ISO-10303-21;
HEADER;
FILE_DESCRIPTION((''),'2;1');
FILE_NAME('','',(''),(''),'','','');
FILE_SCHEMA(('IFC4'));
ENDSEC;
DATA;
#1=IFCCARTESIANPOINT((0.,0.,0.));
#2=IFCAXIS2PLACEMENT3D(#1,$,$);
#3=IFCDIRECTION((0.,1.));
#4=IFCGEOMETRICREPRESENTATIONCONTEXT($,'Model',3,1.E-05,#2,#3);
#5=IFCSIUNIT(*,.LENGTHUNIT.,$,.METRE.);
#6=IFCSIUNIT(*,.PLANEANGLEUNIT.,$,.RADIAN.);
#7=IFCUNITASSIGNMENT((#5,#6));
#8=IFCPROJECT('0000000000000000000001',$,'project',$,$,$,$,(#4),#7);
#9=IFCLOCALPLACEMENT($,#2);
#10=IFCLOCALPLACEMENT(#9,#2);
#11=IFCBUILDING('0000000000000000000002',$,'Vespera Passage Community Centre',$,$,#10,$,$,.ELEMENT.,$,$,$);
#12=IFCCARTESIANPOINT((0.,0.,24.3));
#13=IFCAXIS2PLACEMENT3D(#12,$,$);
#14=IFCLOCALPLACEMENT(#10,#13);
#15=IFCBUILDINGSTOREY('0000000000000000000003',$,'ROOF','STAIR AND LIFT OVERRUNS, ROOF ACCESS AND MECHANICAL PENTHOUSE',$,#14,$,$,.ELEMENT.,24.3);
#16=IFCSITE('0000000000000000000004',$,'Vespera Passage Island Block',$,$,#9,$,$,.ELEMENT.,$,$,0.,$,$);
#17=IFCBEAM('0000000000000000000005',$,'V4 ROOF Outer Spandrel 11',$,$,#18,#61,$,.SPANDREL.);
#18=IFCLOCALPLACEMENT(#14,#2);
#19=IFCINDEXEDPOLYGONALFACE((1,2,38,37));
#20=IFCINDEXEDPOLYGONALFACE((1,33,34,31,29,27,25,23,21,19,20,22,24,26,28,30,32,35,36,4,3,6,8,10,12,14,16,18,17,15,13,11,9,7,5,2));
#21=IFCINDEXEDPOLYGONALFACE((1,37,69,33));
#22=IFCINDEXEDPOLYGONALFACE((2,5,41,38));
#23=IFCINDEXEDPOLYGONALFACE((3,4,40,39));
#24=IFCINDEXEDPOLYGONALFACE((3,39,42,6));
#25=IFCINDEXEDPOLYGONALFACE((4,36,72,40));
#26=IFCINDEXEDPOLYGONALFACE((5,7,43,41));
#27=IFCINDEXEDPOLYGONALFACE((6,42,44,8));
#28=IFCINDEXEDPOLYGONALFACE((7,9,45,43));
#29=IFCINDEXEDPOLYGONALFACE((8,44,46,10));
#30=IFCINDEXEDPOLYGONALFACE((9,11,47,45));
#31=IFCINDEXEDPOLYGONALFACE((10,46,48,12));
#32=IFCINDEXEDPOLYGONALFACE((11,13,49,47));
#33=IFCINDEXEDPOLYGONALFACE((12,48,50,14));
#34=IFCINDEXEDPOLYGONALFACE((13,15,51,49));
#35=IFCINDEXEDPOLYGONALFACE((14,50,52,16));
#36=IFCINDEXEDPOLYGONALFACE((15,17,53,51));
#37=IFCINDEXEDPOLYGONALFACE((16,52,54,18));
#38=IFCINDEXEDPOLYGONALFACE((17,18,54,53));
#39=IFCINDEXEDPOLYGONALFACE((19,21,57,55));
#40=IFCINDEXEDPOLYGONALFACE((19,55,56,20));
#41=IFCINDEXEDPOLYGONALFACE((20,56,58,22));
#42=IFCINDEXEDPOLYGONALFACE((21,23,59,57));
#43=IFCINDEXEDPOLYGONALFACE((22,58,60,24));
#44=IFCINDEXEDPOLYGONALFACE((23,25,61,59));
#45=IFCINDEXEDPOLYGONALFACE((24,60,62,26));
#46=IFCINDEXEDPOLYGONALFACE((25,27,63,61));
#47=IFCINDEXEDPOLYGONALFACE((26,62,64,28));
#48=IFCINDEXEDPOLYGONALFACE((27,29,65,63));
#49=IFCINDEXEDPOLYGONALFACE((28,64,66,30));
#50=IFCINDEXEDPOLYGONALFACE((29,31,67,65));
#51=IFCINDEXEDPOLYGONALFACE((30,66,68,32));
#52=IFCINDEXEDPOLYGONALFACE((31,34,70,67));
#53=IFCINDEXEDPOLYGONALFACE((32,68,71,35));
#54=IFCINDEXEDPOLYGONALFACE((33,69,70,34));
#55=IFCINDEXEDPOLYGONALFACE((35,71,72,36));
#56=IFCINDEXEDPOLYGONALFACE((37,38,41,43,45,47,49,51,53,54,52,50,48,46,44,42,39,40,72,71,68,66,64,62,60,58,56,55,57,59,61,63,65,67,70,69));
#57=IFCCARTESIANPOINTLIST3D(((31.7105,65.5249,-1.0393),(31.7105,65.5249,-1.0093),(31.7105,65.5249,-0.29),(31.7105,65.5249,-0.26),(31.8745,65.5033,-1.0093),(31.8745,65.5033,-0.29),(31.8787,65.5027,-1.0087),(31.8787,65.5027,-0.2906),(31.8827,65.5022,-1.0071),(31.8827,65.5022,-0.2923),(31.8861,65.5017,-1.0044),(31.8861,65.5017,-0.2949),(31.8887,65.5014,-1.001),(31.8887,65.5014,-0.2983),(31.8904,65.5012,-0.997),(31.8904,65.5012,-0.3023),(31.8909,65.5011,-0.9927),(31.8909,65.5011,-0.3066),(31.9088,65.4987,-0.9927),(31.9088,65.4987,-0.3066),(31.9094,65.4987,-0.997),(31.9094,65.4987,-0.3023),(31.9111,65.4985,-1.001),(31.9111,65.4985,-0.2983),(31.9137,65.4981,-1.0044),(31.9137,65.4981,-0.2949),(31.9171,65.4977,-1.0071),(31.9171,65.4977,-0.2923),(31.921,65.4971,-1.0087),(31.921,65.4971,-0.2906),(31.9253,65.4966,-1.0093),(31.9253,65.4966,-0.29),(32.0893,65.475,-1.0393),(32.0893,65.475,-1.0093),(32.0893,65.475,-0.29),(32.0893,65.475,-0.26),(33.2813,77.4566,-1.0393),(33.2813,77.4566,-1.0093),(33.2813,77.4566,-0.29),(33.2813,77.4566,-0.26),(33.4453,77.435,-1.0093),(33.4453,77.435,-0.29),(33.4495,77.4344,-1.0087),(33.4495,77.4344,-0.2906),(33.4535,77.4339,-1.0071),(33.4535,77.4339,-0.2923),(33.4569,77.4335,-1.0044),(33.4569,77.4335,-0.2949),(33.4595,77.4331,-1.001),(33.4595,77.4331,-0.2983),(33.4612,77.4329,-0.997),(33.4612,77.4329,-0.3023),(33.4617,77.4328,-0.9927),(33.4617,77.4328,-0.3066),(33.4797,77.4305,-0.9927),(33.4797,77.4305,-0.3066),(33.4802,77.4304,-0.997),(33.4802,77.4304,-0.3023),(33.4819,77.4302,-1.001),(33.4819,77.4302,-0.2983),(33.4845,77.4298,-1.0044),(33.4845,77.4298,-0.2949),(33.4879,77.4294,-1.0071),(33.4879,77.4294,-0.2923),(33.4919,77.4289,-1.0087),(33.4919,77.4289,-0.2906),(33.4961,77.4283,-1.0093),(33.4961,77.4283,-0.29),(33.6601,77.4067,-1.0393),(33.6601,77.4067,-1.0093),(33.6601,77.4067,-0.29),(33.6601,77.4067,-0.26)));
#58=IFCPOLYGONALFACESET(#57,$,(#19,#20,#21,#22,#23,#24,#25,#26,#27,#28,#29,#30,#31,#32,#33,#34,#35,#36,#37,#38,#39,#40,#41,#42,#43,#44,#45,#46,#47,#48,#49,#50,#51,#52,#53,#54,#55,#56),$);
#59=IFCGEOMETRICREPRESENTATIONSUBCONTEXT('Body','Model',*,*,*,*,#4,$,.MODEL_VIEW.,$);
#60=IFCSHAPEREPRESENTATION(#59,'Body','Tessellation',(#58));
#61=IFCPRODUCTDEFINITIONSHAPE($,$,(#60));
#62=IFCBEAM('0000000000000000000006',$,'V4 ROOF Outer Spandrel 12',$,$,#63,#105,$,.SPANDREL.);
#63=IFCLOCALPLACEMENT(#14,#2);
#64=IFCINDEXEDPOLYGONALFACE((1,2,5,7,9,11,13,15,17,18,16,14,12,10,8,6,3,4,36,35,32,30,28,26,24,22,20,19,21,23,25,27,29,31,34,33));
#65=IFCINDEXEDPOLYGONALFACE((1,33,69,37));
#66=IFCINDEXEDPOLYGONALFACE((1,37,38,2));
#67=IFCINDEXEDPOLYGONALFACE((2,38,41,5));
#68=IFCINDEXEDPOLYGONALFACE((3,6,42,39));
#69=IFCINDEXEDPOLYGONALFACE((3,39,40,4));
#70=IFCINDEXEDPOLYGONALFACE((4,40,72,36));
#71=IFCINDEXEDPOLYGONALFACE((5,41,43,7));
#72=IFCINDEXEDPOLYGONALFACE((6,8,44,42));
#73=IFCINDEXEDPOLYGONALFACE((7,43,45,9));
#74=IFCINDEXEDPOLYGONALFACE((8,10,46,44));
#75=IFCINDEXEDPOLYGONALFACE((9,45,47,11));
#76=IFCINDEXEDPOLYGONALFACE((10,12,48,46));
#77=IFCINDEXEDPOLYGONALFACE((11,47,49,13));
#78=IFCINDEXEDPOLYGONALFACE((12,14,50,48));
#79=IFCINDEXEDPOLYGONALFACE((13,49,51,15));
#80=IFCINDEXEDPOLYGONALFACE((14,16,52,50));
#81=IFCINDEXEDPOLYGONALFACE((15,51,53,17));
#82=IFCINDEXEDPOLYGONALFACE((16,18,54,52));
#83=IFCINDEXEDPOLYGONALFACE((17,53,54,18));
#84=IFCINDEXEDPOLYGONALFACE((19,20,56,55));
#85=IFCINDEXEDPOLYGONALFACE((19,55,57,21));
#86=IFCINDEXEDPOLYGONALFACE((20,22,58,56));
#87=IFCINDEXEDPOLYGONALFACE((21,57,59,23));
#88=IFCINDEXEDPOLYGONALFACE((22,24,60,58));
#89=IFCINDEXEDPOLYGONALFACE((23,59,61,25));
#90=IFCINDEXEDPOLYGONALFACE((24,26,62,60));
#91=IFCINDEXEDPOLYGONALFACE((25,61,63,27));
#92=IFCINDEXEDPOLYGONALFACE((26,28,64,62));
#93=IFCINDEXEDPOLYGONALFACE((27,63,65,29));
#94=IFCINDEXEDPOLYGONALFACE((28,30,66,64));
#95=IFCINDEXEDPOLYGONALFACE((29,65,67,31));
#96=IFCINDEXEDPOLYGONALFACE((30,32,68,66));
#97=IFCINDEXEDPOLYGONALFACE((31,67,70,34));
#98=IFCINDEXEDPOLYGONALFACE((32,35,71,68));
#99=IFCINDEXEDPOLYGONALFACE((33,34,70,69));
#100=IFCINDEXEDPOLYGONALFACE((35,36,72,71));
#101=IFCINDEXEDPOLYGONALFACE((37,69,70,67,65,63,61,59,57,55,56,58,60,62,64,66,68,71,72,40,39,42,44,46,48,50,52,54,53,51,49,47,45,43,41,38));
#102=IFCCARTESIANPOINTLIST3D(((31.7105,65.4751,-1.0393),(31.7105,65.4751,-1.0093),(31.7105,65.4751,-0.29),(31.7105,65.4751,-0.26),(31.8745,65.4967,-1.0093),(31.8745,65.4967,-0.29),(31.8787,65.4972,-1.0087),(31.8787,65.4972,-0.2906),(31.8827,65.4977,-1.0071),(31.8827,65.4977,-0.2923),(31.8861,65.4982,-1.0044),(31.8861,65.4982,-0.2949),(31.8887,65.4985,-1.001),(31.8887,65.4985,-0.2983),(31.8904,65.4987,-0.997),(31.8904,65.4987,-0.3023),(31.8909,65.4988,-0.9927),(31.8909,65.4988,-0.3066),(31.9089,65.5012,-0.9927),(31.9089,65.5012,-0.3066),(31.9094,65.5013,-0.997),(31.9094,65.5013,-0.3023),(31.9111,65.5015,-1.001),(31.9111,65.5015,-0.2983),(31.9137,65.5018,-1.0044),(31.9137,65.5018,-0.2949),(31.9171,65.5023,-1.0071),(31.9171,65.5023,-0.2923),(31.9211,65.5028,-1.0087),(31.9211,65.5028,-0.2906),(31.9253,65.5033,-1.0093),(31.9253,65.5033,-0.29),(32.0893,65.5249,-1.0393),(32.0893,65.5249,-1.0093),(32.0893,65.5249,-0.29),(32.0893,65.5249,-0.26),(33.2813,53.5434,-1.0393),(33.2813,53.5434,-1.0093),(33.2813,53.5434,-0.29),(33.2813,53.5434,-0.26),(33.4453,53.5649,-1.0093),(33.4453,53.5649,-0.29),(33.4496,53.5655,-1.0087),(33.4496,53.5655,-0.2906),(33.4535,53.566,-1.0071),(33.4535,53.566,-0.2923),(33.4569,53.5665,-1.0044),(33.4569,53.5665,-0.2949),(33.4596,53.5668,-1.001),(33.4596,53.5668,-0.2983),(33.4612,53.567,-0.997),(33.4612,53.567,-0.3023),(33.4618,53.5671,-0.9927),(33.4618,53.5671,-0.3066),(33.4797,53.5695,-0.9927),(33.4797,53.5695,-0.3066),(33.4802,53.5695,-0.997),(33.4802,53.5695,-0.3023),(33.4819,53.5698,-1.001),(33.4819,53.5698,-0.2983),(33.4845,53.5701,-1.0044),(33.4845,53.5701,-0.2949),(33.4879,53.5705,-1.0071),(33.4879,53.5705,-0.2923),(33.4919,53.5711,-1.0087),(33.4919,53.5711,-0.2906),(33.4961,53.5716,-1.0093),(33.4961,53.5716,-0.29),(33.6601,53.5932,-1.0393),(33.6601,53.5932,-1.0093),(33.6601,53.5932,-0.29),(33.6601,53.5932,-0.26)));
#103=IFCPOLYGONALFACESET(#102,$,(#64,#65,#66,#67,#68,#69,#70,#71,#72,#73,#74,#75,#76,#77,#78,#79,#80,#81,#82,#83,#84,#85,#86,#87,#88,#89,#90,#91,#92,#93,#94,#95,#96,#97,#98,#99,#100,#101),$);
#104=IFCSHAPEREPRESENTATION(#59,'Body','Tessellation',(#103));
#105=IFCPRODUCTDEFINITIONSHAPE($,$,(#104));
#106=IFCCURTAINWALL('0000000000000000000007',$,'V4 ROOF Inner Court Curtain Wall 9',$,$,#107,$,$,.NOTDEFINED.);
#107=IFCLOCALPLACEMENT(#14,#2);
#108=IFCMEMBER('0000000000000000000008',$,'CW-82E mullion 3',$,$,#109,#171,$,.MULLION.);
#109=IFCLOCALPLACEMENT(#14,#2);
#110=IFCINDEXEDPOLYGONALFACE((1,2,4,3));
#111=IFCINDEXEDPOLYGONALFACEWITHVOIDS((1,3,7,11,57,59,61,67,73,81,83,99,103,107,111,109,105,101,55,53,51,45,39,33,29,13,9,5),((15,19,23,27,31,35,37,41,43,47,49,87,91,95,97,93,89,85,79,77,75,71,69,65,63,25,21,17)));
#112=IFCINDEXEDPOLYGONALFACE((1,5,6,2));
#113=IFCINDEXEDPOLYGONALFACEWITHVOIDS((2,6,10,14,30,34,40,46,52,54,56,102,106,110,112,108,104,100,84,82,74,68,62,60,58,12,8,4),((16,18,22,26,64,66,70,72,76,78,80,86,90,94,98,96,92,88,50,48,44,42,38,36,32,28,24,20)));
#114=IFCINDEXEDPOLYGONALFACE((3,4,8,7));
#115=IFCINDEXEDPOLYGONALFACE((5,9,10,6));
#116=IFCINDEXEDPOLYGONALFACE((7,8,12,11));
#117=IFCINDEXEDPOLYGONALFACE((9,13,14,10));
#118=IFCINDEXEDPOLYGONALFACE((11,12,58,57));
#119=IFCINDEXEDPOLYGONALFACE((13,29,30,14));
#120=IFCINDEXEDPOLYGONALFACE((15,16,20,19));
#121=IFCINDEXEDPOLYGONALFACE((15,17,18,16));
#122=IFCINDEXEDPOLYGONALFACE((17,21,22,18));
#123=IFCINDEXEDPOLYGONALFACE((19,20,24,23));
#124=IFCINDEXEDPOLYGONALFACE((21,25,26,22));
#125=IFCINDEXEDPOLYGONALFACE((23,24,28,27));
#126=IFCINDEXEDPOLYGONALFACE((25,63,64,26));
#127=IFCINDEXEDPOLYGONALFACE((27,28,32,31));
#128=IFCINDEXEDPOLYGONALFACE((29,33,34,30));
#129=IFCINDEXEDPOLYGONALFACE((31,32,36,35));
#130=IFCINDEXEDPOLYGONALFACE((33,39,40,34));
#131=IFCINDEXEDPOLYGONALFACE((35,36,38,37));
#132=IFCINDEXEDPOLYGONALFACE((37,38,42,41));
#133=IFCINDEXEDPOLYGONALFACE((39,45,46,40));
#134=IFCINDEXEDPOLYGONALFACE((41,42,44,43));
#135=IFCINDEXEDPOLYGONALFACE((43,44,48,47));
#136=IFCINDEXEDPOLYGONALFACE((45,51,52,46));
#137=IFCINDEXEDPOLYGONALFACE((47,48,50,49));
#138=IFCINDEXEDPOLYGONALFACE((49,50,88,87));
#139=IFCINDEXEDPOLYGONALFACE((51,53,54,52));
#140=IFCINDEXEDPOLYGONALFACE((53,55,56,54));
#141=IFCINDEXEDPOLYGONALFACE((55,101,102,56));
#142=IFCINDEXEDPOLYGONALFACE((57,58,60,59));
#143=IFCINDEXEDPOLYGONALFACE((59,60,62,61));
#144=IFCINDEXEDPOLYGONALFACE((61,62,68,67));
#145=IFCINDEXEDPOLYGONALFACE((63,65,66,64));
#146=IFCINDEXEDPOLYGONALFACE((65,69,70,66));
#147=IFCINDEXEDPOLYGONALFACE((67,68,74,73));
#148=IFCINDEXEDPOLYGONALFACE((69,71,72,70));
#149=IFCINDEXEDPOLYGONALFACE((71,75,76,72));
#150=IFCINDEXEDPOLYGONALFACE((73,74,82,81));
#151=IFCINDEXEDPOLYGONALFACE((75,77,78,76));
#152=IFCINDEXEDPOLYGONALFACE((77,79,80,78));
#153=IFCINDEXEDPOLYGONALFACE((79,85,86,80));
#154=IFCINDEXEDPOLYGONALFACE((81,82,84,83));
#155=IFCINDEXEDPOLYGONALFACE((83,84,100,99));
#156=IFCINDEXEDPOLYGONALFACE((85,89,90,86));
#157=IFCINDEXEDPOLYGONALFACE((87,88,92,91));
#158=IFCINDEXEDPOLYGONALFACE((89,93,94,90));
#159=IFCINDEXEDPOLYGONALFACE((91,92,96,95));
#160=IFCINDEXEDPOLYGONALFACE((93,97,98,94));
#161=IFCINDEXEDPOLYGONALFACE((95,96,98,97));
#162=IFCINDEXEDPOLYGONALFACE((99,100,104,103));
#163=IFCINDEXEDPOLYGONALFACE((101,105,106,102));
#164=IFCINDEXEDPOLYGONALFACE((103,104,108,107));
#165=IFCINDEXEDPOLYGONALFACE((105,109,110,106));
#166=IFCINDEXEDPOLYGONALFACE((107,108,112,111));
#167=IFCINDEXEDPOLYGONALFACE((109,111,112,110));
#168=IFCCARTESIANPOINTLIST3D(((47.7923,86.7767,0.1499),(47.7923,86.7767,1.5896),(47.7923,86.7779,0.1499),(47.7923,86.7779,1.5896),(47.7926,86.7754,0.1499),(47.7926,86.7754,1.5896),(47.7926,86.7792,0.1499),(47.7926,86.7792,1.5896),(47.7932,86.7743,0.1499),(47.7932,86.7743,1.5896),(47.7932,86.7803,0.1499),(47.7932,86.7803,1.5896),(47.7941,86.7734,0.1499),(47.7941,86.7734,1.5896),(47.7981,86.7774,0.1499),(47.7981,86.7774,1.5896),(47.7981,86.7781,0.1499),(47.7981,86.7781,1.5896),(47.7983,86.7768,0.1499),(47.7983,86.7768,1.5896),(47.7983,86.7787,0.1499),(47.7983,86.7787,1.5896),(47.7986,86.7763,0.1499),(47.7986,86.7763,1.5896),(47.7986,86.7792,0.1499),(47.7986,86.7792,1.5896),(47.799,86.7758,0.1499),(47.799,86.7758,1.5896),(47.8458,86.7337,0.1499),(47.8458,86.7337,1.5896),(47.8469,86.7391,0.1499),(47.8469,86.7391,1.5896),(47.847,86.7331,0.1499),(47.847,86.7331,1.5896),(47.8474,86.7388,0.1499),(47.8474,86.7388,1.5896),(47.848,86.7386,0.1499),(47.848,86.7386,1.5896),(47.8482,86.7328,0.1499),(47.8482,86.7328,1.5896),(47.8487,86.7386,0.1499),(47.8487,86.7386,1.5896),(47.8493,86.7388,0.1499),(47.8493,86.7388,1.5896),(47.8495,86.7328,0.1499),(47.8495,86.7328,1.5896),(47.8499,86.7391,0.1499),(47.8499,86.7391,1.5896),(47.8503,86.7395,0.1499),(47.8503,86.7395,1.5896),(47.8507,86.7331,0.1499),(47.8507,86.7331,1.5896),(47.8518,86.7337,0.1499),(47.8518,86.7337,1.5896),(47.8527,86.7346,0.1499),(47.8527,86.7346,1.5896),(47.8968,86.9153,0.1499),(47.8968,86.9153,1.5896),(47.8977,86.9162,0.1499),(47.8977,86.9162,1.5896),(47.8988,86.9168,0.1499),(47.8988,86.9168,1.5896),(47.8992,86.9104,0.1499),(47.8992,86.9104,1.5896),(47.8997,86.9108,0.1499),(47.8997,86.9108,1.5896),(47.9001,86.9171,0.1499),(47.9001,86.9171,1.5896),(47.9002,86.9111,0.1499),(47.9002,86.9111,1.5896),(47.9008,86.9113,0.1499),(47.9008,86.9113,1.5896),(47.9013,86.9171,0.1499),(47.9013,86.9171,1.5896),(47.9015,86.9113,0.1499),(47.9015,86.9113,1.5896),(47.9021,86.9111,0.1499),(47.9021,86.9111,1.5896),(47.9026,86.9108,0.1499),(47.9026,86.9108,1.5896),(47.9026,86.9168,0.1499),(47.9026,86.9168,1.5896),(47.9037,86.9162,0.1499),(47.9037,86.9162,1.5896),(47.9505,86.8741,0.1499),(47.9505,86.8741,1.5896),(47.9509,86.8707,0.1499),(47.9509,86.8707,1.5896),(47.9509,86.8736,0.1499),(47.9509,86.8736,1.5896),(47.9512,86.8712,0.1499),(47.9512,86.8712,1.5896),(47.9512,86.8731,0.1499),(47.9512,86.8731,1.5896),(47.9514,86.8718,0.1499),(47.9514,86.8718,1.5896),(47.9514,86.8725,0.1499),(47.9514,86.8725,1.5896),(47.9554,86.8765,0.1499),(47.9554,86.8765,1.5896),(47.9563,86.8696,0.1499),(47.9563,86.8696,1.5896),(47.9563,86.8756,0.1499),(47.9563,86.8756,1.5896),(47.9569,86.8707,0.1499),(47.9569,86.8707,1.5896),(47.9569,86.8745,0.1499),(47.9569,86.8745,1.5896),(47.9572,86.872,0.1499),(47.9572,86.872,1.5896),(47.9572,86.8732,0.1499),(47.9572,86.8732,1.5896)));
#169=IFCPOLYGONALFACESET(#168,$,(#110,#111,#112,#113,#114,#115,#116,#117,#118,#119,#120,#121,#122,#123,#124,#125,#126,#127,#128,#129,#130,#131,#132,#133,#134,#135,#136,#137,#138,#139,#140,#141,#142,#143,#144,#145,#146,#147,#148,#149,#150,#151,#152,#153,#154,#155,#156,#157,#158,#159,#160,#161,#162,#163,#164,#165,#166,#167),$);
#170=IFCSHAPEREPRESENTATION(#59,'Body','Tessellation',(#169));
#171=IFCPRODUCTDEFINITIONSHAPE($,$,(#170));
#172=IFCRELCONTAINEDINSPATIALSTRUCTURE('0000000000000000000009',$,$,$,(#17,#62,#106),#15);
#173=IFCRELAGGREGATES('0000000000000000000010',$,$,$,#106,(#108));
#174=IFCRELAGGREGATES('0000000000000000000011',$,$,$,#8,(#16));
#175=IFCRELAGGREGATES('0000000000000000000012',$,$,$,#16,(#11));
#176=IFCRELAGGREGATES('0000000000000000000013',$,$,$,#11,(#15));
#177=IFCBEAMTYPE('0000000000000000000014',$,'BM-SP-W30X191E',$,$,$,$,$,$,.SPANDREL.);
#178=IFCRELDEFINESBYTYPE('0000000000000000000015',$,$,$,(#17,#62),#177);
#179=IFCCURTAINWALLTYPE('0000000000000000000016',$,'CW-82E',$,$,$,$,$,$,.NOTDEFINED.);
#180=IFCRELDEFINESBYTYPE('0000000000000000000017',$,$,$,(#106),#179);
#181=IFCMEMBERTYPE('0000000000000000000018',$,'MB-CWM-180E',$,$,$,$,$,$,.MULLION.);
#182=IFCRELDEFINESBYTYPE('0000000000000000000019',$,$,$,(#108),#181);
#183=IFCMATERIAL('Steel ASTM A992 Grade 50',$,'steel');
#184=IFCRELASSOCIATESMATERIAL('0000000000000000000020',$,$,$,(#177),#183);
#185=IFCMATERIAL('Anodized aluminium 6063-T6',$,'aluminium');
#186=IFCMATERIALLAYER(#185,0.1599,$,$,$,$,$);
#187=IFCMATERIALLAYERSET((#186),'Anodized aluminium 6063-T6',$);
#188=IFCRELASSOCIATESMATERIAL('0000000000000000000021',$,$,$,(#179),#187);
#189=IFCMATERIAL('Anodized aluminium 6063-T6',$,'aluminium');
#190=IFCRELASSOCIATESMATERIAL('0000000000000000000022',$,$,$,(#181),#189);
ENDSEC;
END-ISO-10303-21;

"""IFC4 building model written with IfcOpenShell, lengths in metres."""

from ifc_helpers import new_model, si_unit, direction, frame, origin, origin_2d, place, context, subcontext, project, spatial, hollow_rectangle, i_section, extrude, material, layer, layer_set, material_profile, profile_set, type_object, element, aggregate, save


model = new_model("IFC4")

# Units and contexts
model_context = context("Model", 3, precision=1e-05, world=origin(), true_north=direction((0.0, 1.0)))
body_context = subcontext(model_context, "Body", "Model", "MODEL_VIEW")
ifc_project = project(units=[si_unit("LENGTHUNIT", "METRE"), si_unit("PLANEANGLEUNIT", "RADIAN")], contexts=[model_context])

# Site, building, storey
site_placement = place(None, origin())
site = spatial("IfcSite", under=ifc_project, at=site_placement, Name="Vespera Passage Island Block", CompositionType="ELEMENT", RefElevation=0.0)
building_placement = place(site_placement, origin())
building = spatial("IfcBuilding", under=site, at=building_placement, Name="Vespera Passage Community Centre", CompositionType="ELEMENT")
storey_placement = place(building_placement, frame((0.0, 0.0, 24.3)))
storey = spatial("IfcBuildingStorey", under=building, at=storey_placement, Name="ROOF", Description="STAIR AND LIFT OVERRUNS, ROOF ACCESS AND MECHANICAL PENTHOUSE", CompositionType="ELEMENT", Elevation=24.3)

# Beams
ifc_material_1 = material(Name="Steel ASTM A992 Grade 50", Category="steel")
ifc_material_profile_1 = material_profile(ifc_material_1, i_section(OverallWidth=0.3821, OverallDepth=0.7793, WebThickness=0.0181, FlangeThickness=0.03, FilletRadius=0.0166, at=origin_2d()), Name="W30X191")
ifc_profile_set_1 = profile_set([ifc_material_profile_1], Name="Steel ASTM A992 Grade 50")
beam_type_1 = type_object("IfcBeamType", Name="BM-SP-W30X191E", PredefinedType="SPANDREL", material=ifc_profile_set_1)
for number, where, z_axis, x_axis, name in (
    (1, (33.4707, 77.4316, -0.6497), (-0.130524, -0.991445, 0.0), (0.991445, -0.130524, 0.0), "V4 ROOF Outer Spandrel 11"),
    (2, (31.8999, 65.5, -0.6497), (0.130524, -0.991445, 0.0), (0.991445, 0.130524, 0.0), "V4 ROOF Outer Spandrel 12"),
):
    element("IfcBeam", number, at=place(storey_placement, frame(where, z_axis=z_axis, x_axis=x_axis)), inside=storey, type_object=beam_type_1, Name=name, PredefinedType="SPANDREL", context=body_context, shape_type="SweptSolid", body=[
        extrude(i_section(OverallWidth=0.3821, OverallDepth=0.7793, WebThickness=0.0181, FlangeThickness=0.03, FilletRadius=0.0166, at=origin_2d()), origin(), (0.0, 0.0, 1.0), 12.0347),
    ])

# Curtain wall, member
ifc_material_2 = material(Name="Anodized aluminium 6063-T6", Category="aluminium")
ifc_layer_1 = layer(ifc_material_2, 0.1599)
ifc_layer_set_1 = layer_set([ifc_layer_1], Name="Anodized aluminium 6063-T6")
curtain_wall_type = type_object("IfcCurtainWallType", Name="CW-82E", PredefinedType="NOTDEFINED", material=ifc_layer_set_1)
curtain_wall_placement = place(storey_placement, origin())
curtain_wall = element("IfcCurtainWall", 3, at=curtain_wall_placement, inside=storey, type_object=curtain_wall_type, Name="V4 ROOF Inner Court Curtain Wall 9", PredefinedType="NOTDEFINED")
ifc_material_3 = material(Name="Anodized aluminium 6063-T6", Category="aluminium")
ifc_material_profile_2 = material_profile(ifc_material_3, hollow_rectangle(XDim=0.075, YDim=0.1799, WallThickness=0.0049, InnerFilletRadius=0.0024, OuterFilletRadius=0.0049, at=origin_2d()), Name="ALU180X75X5")
ifc_profile_set_2 = profile_set([ifc_material_profile_2], Name="Anodized aluminium 6063-T6")
member_type_1 = type_object("IfcMemberType", Name="MB-CWM-180E", PredefinedType="MULLION", material=ifc_profile_set_2)
member_1_placement = place(storey_placement, frame((47.8748, 86.825, 0.1499), z_axis=(0.0, 0.0, 1.0), x_axis=(0.793358, -0.608755, 0.0)))
member_1 = element("IfcMember", 4, at=member_1_placement, type_object=member_type_1, Name="CW-82E mullion 3", PredefinedType="MULLION", context=body_context, shape_type="SweptSolid", body=[
    extrude(hollow_rectangle(XDim=0.075, YDim=0.1799, WallThickness=0.0049, InnerFilletRadius=0.0024, OuterFilletRadius=0.0049, at=origin_2d()), origin(), (0.0, 0.0, 1.0), 1.4397),
])

aggregate(curtain_wall, [member_1])

save(model, "model.ifc")
